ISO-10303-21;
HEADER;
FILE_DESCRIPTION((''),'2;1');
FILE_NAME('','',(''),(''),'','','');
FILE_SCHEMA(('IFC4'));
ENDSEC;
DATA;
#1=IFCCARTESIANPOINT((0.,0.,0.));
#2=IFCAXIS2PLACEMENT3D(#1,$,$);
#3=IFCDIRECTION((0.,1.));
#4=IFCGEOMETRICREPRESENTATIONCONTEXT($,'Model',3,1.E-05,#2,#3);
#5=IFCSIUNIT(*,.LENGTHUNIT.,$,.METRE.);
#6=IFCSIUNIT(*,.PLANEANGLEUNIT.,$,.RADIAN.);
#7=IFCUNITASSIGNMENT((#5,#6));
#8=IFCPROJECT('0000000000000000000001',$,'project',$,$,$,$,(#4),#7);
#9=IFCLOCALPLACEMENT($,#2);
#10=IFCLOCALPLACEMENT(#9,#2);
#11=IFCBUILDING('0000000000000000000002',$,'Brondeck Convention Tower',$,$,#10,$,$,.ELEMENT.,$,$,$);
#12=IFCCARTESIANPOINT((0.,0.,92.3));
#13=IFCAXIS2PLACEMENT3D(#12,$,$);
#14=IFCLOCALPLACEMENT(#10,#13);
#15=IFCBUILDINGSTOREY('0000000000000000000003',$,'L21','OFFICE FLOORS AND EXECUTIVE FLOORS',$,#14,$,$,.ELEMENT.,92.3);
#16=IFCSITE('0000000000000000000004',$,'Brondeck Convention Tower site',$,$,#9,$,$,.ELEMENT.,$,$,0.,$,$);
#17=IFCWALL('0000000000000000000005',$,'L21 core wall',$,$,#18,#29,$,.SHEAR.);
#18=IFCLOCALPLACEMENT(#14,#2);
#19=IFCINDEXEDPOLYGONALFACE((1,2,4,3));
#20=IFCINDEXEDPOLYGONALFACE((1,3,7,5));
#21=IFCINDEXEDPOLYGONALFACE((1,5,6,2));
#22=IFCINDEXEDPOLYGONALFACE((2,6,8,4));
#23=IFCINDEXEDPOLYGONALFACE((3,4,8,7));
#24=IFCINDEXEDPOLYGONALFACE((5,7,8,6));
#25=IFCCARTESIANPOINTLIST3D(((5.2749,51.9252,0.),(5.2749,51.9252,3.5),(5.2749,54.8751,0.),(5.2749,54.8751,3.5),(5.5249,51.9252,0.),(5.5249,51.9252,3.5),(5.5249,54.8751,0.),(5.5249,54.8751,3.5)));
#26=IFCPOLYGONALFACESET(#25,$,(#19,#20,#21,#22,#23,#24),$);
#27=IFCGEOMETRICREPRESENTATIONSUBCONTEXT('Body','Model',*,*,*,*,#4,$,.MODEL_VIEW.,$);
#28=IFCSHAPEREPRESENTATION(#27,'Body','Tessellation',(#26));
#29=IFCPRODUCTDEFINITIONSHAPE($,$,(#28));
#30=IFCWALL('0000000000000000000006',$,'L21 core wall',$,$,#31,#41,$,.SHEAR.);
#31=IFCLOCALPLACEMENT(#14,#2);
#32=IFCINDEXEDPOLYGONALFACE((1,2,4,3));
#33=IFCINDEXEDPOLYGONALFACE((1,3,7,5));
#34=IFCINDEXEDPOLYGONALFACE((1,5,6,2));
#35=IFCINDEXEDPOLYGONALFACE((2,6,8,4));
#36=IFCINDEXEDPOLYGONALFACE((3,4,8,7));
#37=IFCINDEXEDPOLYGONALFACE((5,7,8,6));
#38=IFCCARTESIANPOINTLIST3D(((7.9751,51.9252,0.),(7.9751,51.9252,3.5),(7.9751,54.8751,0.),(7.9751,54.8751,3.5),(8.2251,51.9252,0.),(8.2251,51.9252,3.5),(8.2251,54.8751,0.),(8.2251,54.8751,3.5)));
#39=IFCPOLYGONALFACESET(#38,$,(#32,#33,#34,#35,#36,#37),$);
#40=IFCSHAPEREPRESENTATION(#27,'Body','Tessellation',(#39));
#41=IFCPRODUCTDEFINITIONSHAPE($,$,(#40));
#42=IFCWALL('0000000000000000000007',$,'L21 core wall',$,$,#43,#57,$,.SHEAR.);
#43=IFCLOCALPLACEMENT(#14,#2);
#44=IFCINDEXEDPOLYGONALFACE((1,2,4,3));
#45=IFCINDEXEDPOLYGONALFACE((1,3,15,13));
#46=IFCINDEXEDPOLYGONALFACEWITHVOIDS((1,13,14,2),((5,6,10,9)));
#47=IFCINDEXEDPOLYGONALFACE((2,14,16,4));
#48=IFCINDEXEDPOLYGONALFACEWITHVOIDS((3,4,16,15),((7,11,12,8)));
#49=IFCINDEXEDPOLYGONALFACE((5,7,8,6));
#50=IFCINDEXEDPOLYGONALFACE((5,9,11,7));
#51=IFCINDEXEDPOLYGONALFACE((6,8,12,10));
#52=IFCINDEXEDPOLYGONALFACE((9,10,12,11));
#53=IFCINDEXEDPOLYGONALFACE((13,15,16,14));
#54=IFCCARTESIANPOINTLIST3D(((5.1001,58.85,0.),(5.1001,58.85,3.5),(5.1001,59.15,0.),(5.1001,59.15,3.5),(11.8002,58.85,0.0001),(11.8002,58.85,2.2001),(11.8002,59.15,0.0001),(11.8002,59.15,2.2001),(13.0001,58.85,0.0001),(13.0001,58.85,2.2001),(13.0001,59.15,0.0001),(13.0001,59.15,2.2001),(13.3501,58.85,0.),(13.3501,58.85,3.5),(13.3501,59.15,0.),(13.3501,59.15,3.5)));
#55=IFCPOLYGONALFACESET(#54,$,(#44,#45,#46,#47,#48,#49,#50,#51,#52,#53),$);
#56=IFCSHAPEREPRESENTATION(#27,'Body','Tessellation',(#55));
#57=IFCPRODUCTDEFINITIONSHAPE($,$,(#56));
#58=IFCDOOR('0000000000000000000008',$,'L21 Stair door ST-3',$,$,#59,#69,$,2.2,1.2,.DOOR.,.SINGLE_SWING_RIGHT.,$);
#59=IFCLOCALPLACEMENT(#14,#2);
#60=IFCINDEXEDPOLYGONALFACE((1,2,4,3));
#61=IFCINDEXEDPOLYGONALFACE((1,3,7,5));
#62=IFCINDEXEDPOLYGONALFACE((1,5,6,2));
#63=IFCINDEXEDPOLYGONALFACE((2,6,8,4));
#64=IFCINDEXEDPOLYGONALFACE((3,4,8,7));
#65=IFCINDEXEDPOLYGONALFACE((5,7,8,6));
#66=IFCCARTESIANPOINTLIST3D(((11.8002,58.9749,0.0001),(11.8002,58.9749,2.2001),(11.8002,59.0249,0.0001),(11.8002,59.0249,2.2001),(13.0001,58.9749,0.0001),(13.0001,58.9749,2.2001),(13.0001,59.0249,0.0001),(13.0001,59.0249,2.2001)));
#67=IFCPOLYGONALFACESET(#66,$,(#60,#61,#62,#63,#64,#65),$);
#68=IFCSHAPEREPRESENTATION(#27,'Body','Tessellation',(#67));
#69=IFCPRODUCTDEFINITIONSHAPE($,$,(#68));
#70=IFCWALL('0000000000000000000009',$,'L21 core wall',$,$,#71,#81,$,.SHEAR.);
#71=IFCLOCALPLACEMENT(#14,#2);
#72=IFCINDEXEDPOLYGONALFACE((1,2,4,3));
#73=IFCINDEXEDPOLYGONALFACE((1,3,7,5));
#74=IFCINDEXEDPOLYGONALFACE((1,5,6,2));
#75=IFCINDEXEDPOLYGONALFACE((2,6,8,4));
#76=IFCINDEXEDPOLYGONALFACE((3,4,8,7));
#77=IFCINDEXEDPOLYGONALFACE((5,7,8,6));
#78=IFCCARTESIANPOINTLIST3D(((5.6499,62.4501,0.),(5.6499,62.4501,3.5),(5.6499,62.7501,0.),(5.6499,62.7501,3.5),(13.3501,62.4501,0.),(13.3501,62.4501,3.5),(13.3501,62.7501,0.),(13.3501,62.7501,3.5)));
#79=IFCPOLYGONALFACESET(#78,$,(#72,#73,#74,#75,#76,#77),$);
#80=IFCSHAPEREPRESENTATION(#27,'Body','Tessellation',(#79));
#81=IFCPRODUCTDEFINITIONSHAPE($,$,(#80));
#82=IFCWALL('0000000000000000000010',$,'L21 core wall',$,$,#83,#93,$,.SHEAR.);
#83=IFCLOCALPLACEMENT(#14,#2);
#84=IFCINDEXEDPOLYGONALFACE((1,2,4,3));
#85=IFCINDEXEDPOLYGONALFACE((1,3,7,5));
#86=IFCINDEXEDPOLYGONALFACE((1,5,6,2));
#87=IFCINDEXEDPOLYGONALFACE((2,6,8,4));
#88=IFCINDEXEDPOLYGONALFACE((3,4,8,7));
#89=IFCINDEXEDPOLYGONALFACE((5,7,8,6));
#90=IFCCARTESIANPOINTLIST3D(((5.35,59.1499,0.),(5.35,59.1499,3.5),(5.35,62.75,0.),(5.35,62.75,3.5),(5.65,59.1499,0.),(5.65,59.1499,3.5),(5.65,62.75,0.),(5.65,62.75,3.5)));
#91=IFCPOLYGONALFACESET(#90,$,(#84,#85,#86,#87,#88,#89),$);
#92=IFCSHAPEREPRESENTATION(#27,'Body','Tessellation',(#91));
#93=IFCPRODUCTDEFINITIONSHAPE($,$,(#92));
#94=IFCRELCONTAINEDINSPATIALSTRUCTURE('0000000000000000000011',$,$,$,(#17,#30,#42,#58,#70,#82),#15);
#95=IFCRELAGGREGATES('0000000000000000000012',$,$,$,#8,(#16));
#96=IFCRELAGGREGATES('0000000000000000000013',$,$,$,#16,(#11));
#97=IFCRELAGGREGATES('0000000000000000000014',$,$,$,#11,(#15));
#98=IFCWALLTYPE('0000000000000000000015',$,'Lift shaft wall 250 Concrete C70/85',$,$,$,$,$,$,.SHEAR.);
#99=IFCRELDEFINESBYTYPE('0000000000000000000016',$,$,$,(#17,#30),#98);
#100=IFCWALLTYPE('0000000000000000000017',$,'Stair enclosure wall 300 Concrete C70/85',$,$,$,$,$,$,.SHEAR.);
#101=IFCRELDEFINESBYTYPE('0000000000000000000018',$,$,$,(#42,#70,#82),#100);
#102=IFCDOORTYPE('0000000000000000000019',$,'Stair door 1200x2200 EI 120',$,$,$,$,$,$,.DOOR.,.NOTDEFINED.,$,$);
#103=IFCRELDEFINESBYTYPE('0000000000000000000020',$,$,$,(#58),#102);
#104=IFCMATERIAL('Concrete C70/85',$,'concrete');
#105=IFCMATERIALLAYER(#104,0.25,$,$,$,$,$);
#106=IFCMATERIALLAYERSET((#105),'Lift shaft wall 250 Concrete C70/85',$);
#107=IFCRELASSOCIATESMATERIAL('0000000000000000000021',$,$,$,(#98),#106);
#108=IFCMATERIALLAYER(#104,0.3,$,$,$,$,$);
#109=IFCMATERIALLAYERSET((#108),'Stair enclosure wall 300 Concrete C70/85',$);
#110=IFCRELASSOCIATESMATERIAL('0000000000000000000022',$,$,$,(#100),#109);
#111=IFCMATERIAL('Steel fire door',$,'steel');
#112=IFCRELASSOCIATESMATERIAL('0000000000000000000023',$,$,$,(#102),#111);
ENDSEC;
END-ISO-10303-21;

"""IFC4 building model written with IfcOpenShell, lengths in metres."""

from ifc_helpers import new_model, si_unit, direction, frame, frame_2d, origin, place, context, subcontext, project, spatial, rectangle, extrude, material, layer, layer_set, type_object, element, fill, save


model = new_model("IFC4")

# Units and contexts
model_context = context("Model", 3, precision=1e-05, world=origin(), true_north=direction((0.0, 1.0)))
body_context = subcontext(model_context, "Body", "Model", "MODEL_VIEW")
ifc_project = project(units=[si_unit("LENGTHUNIT", "METRE"), si_unit("PLANEANGLEUNIT", "RADIAN")], contexts=[model_context])

# Site, building, storey
site_placement = place(None, origin())
site = spatial("IfcSite", under=ifc_project, at=site_placement, Name="Brondeck Convention Tower site", CompositionType="ELEMENT", RefElevation=0.0)
building_placement = place(site_placement, origin())
building = spatial("IfcBuilding", under=site, at=building_placement, Name="Brondeck Convention Tower", CompositionType="ELEMENT")
storey_placement = place(building_placement, frame((0.0, 0.0, 92.3)))
storey = spatial("IfcBuildingStorey", under=building, at=storey_placement, Name="L21", Description="OFFICE FLOORS AND EXECUTIVE FLOORS", CompositionType="ELEMENT", Elevation=92.3)

# Shared definitions
ifc_material_1 = material(Name="Concrete C70/85", Category="concrete")

# Shared definitions
ifc_material_2 = material(Name="Steel fire door", Category="steel")

# Shared definitions
ifc_layer_1 = layer(ifc_material_1, 0.25)
ifc_layer_set_1 = layer_set([ifc_layer_1], Name="Lift shaft wall 250 Concrete C70/85")
wall_type_1 = type_object("IfcWallType", Name="Lift shaft wall 250 Concrete C70/85", PredefinedType="SHEAR", material=ifc_layer_set_1)

# Walls
for number, where, z_axis, x_axis, name in (
    (1, (5.3999, 51.925, 0.0), (0.0, 0.0, 1.0), (0.0, 1.0, 0.0), "L21 core wall"),
    (2, (8.1001, 51.925, 0.0), (0.0, 0.0, 1.0), (0.0, 1.0, 0.0), "L21 core wall"),
):
    element("IfcWall", number, at=place(storey_placement, frame(where, z_axis=z_axis, x_axis=x_axis)), inside=storey, type_object=wall_type_1, Name=name, PredefinedType="SHEAR", context=body_context, shape_type="SweptSolid", body=[
        extrude(rectangle(XDim=2.95, YDim=0.25, at=frame_2d((1.4751, 0.0))), origin(), (0.0, 0.0, 1.0), 3.5),
    ])

# Wall, opening, door
ifc_layer_2 = layer(ifc_material_1, 0.3)
ifc_layer_set_2 = layer_set([ifc_layer_2], Name="Stair enclosure wall 300 Concrete C70/85")
wall_type_2 = type_object("IfcWallType", Name="Stair enclosure wall 300 Concrete C70/85", PredefinedType="SHEAR", material=ifc_layer_set_2)
wall_1_placement = place(storey_placement, frame((5.1001, 59.0, 0.0), z_axis=(0.0, 0.0, 1.0), x_axis=(1.0, 0.0, 0.0)))
wall_1 = element("IfcWall", 3, at=wall_1_placement, inside=storey, type_object=wall_type_2, Name="L21 core wall", PredefinedType="SHEAR", context=body_context, shape_type="SweptSolid", body=[
    extrude(rectangle(XDim=8.25, YDim=0.3, at=frame_2d((4.125, 0.0))), origin(), (0.0, 0.0, 1.0), 3.5),
])
opening_1_placement = place(wall_1_placement, frame((6.7, 0.0, 0.0)))
opening_1 = element("IfcOpeningElement", 4, at=opening_1_placement, cuts=wall_1, PredefinedType="OPENING", context=body_context, shape_type="SweptSolid", body=[
    extrude(rectangle(XDim=1.2, YDim=2.2, at=frame_2d((0.6001, 1.1001))), frame((0.0, 0.1599, 0.0), z_axis=(0.0, -1.0, 0.0), x_axis=(1.0, 0.0, 0.0)), (0.0, 0.0, 1.0), 0.3201),
])
door_type_1 = type_object("IfcDoorType", Name="Stair door 1200x2200 EI 120", OperationType="NOTDEFINED", PredefinedType="DOOR", material=ifc_material_2)
door_1_placement = place(opening_1_placement, origin())
door_1 = element("IfcDoor", 5, at=door_1_placement, inside=storey, type_object=door_type_1, Name="L21 Stair door ST-3", OperationType="SINGLE_SWING_RIGHT", OverallHeight=2.2, OverallWidth=1.2, PredefinedType="DOOR", context=body_context, shape_type="SweptSolid", body=[
    extrude(rectangle(XDim=1.2, YDim=2.2, at=frame_2d((0.6001, 1.1001))), frame((0.0, 0.0249, 0.0), z_axis=(0.0, -1.0, 0.0), x_axis=(1.0, 0.0, 0.0)), (0.0, 0.0, 1.0), 0.05),
])
fill(opening_1, door_1)

# Walls
wall_2_placement = place(storey_placement, frame((5.6499, 62.6001, 0.0), z_axis=(0.0, 0.0, 1.0), x_axis=(1.0, 0.0, 0.0)))
element("IfcWall", 6, at=wall_2_placement, inside=storey, type_object=wall_type_2, Name="L21 core wall", PredefinedType="SHEAR", context=body_context, shape_type="SweptSolid", body=[
    extrude(rectangle(XDim=7.7002, YDim=0.3, at=frame_2d((3.8501, 0.0))), origin(), (0.0, 0.0, 1.0), 3.5),
])
wall_3_placement = place(storey_placement, frame((5.5, 59.1499, 0.0), z_axis=(0.0, 0.0, 1.0), x_axis=(0.0, 1.0, 0.0)))
element("IfcWall", 7, at=wall_3_placement, inside=storey, type_object=wall_type_2, Name="L21 core wall", PredefinedType="SHEAR", context=body_context, shape_type="SweptSolid", body=[
    extrude(rectangle(XDim=3.6001, YDim=0.3, at=frame_2d((1.8, 0.0))), origin(), (0.0, 0.0, 1.0), 3.5),
])

save(model, "model.ifc")
